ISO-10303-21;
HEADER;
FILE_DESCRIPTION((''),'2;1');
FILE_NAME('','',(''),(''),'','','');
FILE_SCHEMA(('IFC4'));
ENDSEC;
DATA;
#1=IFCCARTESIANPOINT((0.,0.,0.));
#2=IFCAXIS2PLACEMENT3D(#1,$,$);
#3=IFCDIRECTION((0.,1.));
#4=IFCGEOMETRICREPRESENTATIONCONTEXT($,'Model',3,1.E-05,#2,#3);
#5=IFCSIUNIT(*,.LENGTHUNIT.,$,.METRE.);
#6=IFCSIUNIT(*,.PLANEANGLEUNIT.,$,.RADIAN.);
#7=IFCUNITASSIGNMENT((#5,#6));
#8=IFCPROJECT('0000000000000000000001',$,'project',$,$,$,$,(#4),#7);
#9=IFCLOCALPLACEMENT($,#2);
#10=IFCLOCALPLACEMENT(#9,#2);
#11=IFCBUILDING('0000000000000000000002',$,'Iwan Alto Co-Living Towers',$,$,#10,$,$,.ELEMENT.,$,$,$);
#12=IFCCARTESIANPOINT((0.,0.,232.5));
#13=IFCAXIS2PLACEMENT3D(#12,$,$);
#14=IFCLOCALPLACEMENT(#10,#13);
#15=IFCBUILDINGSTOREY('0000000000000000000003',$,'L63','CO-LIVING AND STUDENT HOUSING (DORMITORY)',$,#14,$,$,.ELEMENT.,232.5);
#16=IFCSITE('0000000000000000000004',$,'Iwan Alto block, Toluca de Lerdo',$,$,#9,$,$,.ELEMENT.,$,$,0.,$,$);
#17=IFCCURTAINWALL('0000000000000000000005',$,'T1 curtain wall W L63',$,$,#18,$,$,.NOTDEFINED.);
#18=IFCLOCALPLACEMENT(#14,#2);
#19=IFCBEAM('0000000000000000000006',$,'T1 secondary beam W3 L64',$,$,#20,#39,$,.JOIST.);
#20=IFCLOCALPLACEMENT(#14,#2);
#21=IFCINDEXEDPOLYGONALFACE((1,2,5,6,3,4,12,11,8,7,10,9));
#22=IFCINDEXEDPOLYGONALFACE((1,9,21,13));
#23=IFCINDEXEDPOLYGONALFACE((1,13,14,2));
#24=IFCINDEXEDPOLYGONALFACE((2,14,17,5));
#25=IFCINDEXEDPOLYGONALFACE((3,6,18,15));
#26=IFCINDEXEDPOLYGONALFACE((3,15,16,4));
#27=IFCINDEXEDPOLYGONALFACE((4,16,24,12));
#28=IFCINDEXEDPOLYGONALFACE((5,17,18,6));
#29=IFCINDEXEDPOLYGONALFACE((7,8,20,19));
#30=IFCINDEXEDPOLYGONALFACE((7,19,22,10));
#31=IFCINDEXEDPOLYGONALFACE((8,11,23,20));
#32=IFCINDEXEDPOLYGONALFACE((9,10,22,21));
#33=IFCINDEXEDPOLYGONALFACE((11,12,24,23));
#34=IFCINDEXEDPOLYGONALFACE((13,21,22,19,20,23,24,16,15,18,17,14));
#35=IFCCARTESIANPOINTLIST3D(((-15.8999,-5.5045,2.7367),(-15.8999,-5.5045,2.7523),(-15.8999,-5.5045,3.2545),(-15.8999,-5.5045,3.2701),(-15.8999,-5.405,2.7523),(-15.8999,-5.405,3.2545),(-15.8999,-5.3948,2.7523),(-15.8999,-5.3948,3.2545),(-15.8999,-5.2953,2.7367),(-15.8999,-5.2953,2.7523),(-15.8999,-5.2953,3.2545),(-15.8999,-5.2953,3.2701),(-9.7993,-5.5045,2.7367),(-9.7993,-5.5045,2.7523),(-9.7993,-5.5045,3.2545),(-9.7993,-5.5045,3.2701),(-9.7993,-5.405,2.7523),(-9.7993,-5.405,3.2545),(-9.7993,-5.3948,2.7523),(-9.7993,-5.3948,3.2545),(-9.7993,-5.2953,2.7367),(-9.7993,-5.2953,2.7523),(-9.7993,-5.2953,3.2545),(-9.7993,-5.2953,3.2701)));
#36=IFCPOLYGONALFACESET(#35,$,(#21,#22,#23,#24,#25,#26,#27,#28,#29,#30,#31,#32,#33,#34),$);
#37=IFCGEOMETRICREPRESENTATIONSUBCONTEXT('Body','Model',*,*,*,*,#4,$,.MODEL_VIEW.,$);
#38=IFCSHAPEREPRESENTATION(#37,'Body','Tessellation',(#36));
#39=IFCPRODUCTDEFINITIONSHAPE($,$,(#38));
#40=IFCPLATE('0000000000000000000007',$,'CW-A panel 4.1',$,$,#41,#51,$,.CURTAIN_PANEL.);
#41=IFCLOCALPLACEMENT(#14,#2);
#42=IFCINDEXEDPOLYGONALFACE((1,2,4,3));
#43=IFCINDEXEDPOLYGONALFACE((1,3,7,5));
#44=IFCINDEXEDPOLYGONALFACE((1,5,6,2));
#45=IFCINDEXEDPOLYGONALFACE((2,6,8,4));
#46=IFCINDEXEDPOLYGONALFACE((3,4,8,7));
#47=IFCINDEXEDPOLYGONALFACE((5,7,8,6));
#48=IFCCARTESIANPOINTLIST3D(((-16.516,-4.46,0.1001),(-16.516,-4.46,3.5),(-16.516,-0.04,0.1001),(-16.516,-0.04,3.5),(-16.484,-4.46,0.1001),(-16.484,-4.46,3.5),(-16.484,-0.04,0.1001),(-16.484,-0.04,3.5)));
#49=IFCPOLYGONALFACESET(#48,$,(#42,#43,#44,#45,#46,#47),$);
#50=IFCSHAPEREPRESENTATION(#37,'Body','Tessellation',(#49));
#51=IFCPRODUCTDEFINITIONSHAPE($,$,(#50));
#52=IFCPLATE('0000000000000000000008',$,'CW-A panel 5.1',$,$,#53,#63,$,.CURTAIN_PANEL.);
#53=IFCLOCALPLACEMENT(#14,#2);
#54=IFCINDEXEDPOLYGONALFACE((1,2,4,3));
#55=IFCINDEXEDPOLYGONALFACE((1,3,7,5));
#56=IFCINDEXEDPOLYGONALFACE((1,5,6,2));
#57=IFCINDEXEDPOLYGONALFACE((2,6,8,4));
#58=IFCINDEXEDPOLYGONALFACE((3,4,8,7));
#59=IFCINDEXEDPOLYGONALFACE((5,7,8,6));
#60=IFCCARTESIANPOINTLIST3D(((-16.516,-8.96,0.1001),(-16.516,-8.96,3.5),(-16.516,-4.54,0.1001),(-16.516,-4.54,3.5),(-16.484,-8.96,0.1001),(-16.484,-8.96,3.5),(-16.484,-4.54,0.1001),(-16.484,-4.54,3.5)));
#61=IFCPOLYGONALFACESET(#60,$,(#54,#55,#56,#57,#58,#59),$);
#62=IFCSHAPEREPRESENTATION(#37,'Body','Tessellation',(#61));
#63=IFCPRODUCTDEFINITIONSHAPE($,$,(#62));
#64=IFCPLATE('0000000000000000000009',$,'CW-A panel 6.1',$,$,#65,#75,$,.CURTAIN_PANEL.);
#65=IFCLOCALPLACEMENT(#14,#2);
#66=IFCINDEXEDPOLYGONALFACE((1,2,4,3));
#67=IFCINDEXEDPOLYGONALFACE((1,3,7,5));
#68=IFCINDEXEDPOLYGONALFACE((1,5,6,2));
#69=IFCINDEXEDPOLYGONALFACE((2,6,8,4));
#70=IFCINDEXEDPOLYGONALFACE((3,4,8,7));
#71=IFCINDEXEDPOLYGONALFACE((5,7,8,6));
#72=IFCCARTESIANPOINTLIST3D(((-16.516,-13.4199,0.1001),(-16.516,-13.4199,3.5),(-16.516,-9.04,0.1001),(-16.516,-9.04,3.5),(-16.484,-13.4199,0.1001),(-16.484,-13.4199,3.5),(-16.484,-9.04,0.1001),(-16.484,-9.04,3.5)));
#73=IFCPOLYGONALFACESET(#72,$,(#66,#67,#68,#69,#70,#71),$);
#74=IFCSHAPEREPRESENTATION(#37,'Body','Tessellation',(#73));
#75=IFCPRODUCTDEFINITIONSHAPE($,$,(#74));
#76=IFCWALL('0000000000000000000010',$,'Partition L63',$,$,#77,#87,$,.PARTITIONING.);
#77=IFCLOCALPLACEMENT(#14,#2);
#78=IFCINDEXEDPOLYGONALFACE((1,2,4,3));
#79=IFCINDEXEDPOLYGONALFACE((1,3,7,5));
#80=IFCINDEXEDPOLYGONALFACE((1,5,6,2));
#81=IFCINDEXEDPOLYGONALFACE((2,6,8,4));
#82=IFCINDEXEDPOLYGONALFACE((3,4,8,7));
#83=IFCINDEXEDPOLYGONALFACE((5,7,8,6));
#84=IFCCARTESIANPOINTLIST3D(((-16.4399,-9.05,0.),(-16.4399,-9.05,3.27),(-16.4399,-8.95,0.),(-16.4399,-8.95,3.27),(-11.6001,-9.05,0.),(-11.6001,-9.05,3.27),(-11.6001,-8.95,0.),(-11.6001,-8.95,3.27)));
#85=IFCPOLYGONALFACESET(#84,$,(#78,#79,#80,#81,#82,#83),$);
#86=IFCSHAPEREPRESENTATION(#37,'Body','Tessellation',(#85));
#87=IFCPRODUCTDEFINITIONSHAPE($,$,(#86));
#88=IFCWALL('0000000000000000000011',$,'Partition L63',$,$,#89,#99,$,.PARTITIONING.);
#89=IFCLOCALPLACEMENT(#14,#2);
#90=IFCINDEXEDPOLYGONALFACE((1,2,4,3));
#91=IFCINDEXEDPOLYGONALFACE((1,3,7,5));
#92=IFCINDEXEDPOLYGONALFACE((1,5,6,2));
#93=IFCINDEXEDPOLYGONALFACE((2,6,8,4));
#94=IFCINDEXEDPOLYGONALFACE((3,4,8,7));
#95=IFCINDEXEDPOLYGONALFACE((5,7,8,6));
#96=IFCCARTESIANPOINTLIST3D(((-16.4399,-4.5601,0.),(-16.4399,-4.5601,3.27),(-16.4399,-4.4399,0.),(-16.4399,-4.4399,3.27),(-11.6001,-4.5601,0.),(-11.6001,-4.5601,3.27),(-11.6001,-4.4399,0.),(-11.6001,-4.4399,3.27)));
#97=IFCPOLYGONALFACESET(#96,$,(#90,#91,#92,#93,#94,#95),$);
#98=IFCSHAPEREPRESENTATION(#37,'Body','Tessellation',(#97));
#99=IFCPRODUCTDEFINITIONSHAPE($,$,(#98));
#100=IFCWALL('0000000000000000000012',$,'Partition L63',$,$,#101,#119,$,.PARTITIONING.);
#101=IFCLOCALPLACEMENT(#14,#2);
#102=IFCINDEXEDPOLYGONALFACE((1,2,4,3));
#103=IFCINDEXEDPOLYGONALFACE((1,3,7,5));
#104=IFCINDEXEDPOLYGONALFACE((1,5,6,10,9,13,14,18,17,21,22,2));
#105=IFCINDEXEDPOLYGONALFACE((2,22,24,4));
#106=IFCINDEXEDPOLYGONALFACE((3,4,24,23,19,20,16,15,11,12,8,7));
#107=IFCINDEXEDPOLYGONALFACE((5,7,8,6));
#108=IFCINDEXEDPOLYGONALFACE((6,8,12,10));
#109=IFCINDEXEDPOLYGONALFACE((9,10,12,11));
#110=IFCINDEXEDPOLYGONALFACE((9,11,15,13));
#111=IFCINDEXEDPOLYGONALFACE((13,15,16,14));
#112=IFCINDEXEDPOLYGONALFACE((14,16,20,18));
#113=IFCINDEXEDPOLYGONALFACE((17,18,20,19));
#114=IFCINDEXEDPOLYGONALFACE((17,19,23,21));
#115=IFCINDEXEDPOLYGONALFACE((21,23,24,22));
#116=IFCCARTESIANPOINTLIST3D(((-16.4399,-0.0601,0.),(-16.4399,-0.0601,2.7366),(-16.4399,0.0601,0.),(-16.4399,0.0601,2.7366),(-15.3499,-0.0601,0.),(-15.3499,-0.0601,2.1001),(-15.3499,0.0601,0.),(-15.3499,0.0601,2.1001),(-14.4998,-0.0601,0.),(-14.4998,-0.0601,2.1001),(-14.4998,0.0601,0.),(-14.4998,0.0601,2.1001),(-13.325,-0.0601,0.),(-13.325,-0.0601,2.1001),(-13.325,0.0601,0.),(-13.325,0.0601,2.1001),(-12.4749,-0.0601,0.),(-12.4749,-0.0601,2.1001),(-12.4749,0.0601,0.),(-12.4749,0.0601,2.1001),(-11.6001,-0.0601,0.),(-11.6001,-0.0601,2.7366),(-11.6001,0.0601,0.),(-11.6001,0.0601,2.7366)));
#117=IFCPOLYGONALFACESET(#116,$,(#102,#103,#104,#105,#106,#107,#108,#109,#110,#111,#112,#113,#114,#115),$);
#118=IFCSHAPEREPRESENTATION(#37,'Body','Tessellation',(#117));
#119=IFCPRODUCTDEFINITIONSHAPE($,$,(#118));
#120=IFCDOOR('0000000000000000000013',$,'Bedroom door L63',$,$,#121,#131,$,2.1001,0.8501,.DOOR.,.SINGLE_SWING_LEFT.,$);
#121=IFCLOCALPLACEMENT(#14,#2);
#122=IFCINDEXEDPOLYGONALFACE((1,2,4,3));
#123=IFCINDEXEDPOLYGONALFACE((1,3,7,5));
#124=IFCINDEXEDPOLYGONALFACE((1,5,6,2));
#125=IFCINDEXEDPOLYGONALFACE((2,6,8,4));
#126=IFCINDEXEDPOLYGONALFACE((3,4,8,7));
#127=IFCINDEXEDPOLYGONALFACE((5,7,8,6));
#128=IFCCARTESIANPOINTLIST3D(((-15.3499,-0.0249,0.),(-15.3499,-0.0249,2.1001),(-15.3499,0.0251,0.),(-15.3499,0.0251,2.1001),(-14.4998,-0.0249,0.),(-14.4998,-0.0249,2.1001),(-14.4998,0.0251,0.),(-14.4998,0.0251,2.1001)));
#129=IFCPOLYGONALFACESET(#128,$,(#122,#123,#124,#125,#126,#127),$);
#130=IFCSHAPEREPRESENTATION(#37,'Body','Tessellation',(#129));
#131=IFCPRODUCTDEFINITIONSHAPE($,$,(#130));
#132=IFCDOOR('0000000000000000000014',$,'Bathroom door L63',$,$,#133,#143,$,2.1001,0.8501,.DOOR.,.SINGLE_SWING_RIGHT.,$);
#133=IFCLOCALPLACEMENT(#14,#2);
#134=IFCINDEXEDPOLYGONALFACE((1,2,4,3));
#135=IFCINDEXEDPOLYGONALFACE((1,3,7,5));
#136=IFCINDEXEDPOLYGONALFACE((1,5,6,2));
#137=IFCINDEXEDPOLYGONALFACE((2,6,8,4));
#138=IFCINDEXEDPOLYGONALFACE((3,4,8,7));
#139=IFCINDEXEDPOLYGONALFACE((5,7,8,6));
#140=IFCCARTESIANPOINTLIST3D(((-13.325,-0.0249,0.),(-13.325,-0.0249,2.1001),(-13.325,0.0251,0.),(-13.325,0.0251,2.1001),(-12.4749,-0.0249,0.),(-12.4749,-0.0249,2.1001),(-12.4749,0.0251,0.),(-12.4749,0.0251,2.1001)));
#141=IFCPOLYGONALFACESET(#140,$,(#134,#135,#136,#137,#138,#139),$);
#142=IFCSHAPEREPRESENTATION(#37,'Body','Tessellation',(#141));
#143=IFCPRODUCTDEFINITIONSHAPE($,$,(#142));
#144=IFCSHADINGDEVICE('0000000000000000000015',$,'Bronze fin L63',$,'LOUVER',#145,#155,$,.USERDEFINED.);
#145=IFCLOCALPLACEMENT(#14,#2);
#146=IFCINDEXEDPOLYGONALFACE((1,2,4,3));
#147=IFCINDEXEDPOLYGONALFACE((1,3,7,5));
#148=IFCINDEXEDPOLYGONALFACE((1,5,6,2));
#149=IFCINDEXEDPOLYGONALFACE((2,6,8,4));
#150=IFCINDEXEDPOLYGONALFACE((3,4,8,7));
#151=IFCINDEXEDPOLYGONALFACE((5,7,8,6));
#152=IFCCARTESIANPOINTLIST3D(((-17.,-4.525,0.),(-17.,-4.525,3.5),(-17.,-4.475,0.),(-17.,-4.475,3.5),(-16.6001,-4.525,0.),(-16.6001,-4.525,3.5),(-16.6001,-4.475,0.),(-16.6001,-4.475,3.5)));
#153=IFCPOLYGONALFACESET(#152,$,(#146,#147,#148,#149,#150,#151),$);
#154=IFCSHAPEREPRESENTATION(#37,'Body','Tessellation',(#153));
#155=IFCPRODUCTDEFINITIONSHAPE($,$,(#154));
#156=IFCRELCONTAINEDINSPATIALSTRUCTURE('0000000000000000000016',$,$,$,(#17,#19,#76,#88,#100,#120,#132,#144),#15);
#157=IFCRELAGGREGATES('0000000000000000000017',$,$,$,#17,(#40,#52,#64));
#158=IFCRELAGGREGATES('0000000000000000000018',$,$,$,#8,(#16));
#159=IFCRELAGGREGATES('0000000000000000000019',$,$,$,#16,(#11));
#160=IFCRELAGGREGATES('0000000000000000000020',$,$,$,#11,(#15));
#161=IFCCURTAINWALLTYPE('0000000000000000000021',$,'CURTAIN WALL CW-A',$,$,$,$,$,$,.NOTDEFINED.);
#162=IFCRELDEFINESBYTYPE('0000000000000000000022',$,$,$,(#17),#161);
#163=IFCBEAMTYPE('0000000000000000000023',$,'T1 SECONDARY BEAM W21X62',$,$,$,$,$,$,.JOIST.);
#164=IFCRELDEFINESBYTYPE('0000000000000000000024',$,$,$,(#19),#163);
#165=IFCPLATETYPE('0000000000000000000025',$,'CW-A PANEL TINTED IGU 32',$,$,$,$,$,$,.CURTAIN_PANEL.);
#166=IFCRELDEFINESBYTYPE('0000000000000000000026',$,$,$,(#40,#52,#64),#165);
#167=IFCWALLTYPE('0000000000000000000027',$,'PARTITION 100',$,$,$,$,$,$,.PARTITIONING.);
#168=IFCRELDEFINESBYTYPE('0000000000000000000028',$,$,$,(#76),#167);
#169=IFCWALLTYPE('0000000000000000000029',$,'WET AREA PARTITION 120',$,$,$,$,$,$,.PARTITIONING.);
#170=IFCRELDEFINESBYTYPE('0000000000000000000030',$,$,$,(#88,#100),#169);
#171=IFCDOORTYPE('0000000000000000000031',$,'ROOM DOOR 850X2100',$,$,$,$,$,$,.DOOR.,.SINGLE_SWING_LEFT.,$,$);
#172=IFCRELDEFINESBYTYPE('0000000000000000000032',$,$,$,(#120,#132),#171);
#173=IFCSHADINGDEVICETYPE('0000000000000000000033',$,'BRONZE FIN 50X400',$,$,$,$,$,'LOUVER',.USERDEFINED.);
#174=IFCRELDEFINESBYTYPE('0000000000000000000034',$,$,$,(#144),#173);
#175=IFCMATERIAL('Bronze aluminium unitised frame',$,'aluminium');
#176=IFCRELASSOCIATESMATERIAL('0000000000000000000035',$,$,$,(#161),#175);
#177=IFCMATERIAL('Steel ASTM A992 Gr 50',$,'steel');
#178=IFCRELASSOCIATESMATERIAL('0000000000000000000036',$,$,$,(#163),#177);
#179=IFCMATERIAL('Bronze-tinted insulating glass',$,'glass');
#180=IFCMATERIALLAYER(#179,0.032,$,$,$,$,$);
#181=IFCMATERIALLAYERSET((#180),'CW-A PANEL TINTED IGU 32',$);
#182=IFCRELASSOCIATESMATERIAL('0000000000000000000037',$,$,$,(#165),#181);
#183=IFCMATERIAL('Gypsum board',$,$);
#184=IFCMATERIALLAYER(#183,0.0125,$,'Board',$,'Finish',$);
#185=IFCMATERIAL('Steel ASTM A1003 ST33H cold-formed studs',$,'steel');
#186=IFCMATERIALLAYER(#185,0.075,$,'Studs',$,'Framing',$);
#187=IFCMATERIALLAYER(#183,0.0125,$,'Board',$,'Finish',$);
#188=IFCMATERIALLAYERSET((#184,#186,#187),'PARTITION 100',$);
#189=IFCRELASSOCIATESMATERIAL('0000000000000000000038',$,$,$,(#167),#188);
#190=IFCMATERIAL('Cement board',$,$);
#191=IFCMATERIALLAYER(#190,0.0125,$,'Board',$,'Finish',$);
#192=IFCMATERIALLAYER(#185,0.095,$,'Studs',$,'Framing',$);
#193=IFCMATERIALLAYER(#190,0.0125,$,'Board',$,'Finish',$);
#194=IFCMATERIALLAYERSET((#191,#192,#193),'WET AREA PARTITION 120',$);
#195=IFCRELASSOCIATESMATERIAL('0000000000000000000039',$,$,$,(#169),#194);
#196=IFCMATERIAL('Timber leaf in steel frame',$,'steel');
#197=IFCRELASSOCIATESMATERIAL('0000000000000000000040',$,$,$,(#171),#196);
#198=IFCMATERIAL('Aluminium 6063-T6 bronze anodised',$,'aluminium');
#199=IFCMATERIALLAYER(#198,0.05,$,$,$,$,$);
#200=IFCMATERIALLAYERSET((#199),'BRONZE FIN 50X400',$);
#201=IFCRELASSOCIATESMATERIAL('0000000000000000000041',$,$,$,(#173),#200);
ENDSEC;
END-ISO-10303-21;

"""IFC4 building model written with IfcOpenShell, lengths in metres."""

from ifc_helpers import new_model, si_unit, direction, frame, frame_2d, origin, origin_2d, place, context, subcontext, project, spatial, rectangle, i_section, extrude, material, layer, layer_set, material_profile, profile_set, type_object, element, fill, aggregate, save


model = new_model("IFC4")

# Units and contexts
model_context = context("Model", 3, precision=1e-05, world=origin(), true_north=direction((0.0, 1.0)))
body_context = subcontext(model_context, "Body", "Model", "MODEL_VIEW")
ifc_project = project(units=[si_unit("LENGTHUNIT", "METRE"), si_unit("PLANEANGLEUNIT", "RADIAN")], contexts=[model_context])

# Site, building, storey
site_placement = place(None, origin())
site = spatial("IfcSite", under=ifc_project, at=site_placement, Name="Iwan Alto block, Toluca de Lerdo", CompositionType="ELEMENT", RefElevation=0.0)
building_placement = place(site_placement, origin())
building = spatial("IfcBuilding", under=site, at=building_placement, Name="Iwan Alto Co-Living Towers", CompositionType="ELEMENT")
storey_placement = place(building_placement, frame((0.0, 0.0, 232.5)))
storey = spatial("IfcBuildingStorey", under=building, at=storey_placement, Name="L63", Description="CO-LIVING AND STUDENT HOUSING (DORMITORY)", CompositionType="ELEMENT", Elevation=232.5)

# Curtain wall
ifc_material_1 = material(Name="Bronze aluminium unitised frame", Category="aluminium")
curtain_wall_type = type_object("IfcCurtainWallType", Name="CURTAIN WALL CW-A", PredefinedType="NOTDEFINED", material=ifc_material_1)
curtain_wall_placement = place(storey_placement, origin())
curtain_wall = element("IfcCurtainWall", 1, at=curtain_wall_placement, inside=storey, type_object=curtain_wall_type, Name="T1 curtain wall W L63", PredefinedType="NOTDEFINED")

# Beam
ifc_material_2 = material(Name="Steel ASTM A992 Gr 50", Category="steel")
ifc_material_profile_1 = material_profile(ifc_material_2, i_section(OverallWidth=0.2092, OverallDepth=0.5334, WebThickness=0.0103, FlangeThickness=0.0156, at=origin_2d()), Name="W21X62")
ifc_profile_set_1 = profile_set([ifc_material_profile_1], Name="Steel ASTM A992 Gr 50")
beam_type_1 = type_object("IfcBeamType", Name="T1 SECONDARY BEAM W21X62", PredefinedType="JOIST", material=ifc_profile_set_1)
beam_1_placement = place(storey_placement, frame((-15.8999, -5.3999, 3.0034), z_axis=(1.0, 0.0, 0.0), x_axis=(0.0, 1.0, 0.0)))
element("IfcBeam", 2, at=beam_1_placement, inside=storey, type_object=beam_type_1, Name="T1 secondary beam W3 L64", PredefinedType="JOIST", context=body_context, shape_type="SweptSolid", body=[
    extrude(i_section(OverallWidth=0.2092, OverallDepth=0.5334, WebThickness=0.0103, FlangeThickness=0.0156, at=origin_2d()), origin(), (0.0, 0.0, 1.0), 6.1006),
])

# Plates
ifc_material_3 = material(Name="Bronze-tinted insulating glass", Category="glass")
ifc_layer_1 = layer(ifc_material_3, 0.032)
ifc_layer_set_1 = layer_set([ifc_layer_1], Name="CW-A PANEL TINTED IGU 32")
plate_type = type_object("IfcPlateType", Name="CW-A PANEL TINTED IGU 32", PredefinedType="CURTAIN_PANEL", material=ifc_layer_set_1)
plate_1_placement = place(storey_placement, frame((-16.5, -2.25, 0.1001), z_axis=(0.0, 0.0, 1.0), x_axis=(0.0, -1.0, 0.0)))
plate_1 = element("IfcPlate", 3, at=plate_1_placement, type_object=plate_type, Name="CW-A panel 4.1", PredefinedType="CURTAIN_PANEL", context=body_context, shape_type="SweptSolid", body=[
    extrude(rectangle(XDim=4.4199, YDim=0.032, at=origin_2d()), origin(), (0.0, 0.0, 1.0), 3.3999),
])
plate_2_placement = place(storey_placement, frame((-16.5, -6.75, 0.1001), z_axis=(0.0, 0.0, 1.0), x_axis=(0.0, -1.0, 0.0)))
plate_2 = element("IfcPlate", 4, at=plate_2_placement, type_object=plate_type, Name="CW-A panel 5.1", PredefinedType="CURTAIN_PANEL", context=body_context, shape_type="SweptSolid", body=[
    extrude(rectangle(XDim=4.4199, YDim=0.032, at=origin_2d()), origin(), (0.0, 0.0, 1.0), 3.3999),
])
plate_3_placement = place(storey_placement, frame((-16.5, -11.23, 0.1001), z_axis=(0.0, 0.0, 1.0), x_axis=(0.0, -1.0, 0.0)))
plate_3 = element("IfcPlate", 5, at=plate_3_placement, type_object=plate_type, Name="CW-A panel 6.1", PredefinedType="CURTAIN_PANEL", context=body_context, shape_type="SweptSolid", body=[
    extrude(rectangle(XDim=4.3799, YDim=0.032, at=origin_2d()), origin(), (0.0, 0.0, 1.0), 3.3999),
])
aggregate(curtain_wall, [plate_1, plate_2, plate_3])

# Walls
ifc_material_4 = material(Name="Gypsum board")
ifc_layer_2 = layer(ifc_material_4, 0.0125, Name="Board", Category="Finish")
ifc_material_5 = material(Name="Steel ASTM A1003 ST33H cold-formed studs", Category="steel")
ifc_layer_3 = layer(ifc_material_5, 0.075, Name="Studs", Category="Framing")
ifc_layer_4 = layer(ifc_material_4, 0.0125, Name="Board", Category="Finish")
ifc_layer_set_2 = layer_set([ifc_layer_2, ifc_layer_3, ifc_layer_4], Name="PARTITION 100")
wall_type_1 = type_object("IfcWallType", Name="PARTITION 100", PredefinedType="PARTITIONING", material=ifc_layer_set_2)
wall_1_placement = place(storey_placement, frame((-16.4399, -9.0, 0.0), z_axis=(0.0, 0.0, 1.0), x_axis=(1.0, 0.0, 0.0)))
element("IfcWall", 6, at=wall_1_placement, inside=storey, type_object=wall_type_1, Name="Partition L63", PredefinedType="PARTITIONING", context=body_context, shape_type="SweptSolid", body=[
    extrude(rectangle(XDim=4.8398, YDim=0.1001, at=frame_2d((2.4199, 0.0))), origin(), (0.0, 0.0, 1.0), 3.27),
])
ifc_material_6 = material(Name="Cement board")
ifc_layer_5 = layer(ifc_material_6, 0.0125, Name="Board", Category="Finish")
ifc_layer_6 = layer(ifc_material_5, 0.095, Name="Studs", Category="Framing")
ifc_layer_7 = layer(ifc_material_6, 0.0125, Name="Board", Category="Finish")
ifc_layer_set_3 = layer_set([ifc_layer_5, ifc_layer_6, ifc_layer_7], Name="WET AREA PARTITION 120")
wall_type_2 = type_object("IfcWallType", Name="WET AREA PARTITION 120", PredefinedType="PARTITIONING", material=ifc_layer_set_3)
wall_2_placement = place(storey_placement, frame((-16.4399, -4.5, 0.0), z_axis=(0.0, 0.0, 1.0), x_axis=(1.0, 0.0, 0.0)))
element("IfcWall", 7, at=wall_2_placement, inside=storey, type_object=wall_type_2, Name="Partition L63", PredefinedType="PARTITIONING", context=body_context, shape_type="SweptSolid", body=[
    extrude(rectangle(XDim=4.8398, YDim=0.1201, at=frame_2d((2.4199, 0.0))), origin(), (0.0, 0.0, 1.0), 3.27),
])

# Wall, openings, doors
wall_3_placement = place(storey_placement, frame((-16.4399, 0.0, 0.0), z_axis=(0.0, 0.0, 1.0), x_axis=(1.0, 0.0, 0.0)))
wall_3 = element("IfcWall", 8, at=wall_3_placement, inside=storey, type_object=wall_type_2, Name="Partition L63", PredefinedType="PARTITIONING", context=body_context, shape_type="SweptSolid", body=[
    extrude(rectangle(XDim=4.8398, YDim=0.1201, at=frame_2d((2.4199, 0.0))), origin(), (0.0, 0.0, 1.0), 2.7366),
])
opening_1_placement = place(wall_3_placement, frame((1.0901, 0.0, 0.0)))
opening_1 = element("IfcOpeningElement", 9, at=opening_1_placement, cuts=wall_3, PredefinedType="OPENING", context=body_context, shape_type="SweptSolid", body=[
    extrude(rectangle(XDim=0.8501, YDim=2.1001, at=frame_2d((0.425, 1.05))), frame((0.0, 0.0701, 0.0), z_axis=(0.0, -1.0, 0.0), x_axis=(1.0, 0.0, 0.0)), (0.0, 0.0, 1.0), 0.1401),
])
opening_2_placement = place(wall_3_placement, frame((3.115, 0.0, 0.0)))
opening_2 = element("IfcOpeningElement", 10, at=opening_2_placement, cuts=wall_3, PredefinedType="OPENING", context=body_context, shape_type="SweptSolid", body=[
    extrude(rectangle(XDim=0.8501, YDim=2.1001, at=frame_2d((0.425, 1.05))), frame((0.0, 0.0701, 0.0), z_axis=(0.0, -1.0, 0.0), x_axis=(1.0, 0.0, 0.0)), (0.0, 0.0, 1.0), 0.1401),
])
ifc_material_7 = material(Name="Timber leaf in steel frame", Category="steel")
door_type = type_object("IfcDoorType", Name="ROOM DOOR 850X2100", OperationType="SINGLE_SWING_LEFT", PredefinedType="DOOR", material=ifc_material_7)
door_1_placement = place(opening_1_placement, frame((0.8501, 0.0, 0.0), z_axis=(0.0, 0.0, 1.0), x_axis=(-1.0, 0.0, 0.0)))
door_1 = element("IfcDoor", 11, at=door_1_placement, inside=storey, type_object=door_type, Name="Bedroom door L63", OperationType="SINGLE_SWING_LEFT", OverallHeight=2.1001, OverallWidth=0.8501, PredefinedType="DOOR", context=body_context, shape_type="SweptSolid", body=[
    extrude(rectangle(XDim=0.8501, YDim=2.1001, at=frame_2d((0.425, 1.05))), frame((0.0, 0.0249, 0.0), z_axis=(0.0, -1.0, 0.0), x_axis=(1.0, 0.0, 0.0)), (0.0, 0.0, 1.0), 0.05),
])
fill(opening_1, door_1)
door_2_placement = place(opening_2_placement, frame((0.8501, 0.0, 0.0), z_axis=(0.0, 0.0, 1.0), x_axis=(-1.0, 0.0, 0.0)))
door_2 = element("IfcDoor", 12, at=door_2_placement, inside=storey, type_object=door_type, Name="Bathroom door L63", OperationType="SINGLE_SWING_RIGHT", OverallHeight=2.1001, OverallWidth=0.8501, PredefinedType="DOOR", context=body_context, shape_type="SweptSolid", body=[
    extrude(rectangle(XDim=0.8501, YDim=2.1001, at=frame_2d((0.425, 1.05))), frame((0.0, 0.0249, 0.0), z_axis=(0.0, -1.0, 0.0), x_axis=(1.0, 0.0, 0.0)), (0.0, 0.0, 1.0), 0.05),
])
fill(opening_2, door_2)

# Shading device
ifc_material_8 = material(Name="Aluminium 6063-T6 bronze anodised", Category="aluminium")
ifc_layer_8 = layer(ifc_material_8, 0.05)
ifc_layer_set_4 = layer_set([ifc_layer_8], Name="BRONZE FIN 50X400")
shading_device_type = type_object("IfcShadingDeviceType", Name="BRONZE FIN 50X400", ElementType="LOUVER", PredefinedType="USERDEFINED", material=ifc_layer_set_4)
shading_device_placement = place(storey_placement, frame((-16.8, -4.5, 0.0), z_axis=(0.0, 0.0, 1.0), x_axis=(0.0, -1.0, 0.0)))
element("IfcShadingDevice", 13, at=shading_device_placement, inside=storey, type_object=shading_device_type, Name="Bronze fin L63", ObjectType="LOUVER", PredefinedType="USERDEFINED", context=body_context, shape_type="SweptSolid", body=[
    extrude(rectangle(XDim=0.05, YDim=0.3999, at=origin_2d()), origin(), (0.0, 0.0, 1.0), 3.5),
])

save(model, "model.ifc")
